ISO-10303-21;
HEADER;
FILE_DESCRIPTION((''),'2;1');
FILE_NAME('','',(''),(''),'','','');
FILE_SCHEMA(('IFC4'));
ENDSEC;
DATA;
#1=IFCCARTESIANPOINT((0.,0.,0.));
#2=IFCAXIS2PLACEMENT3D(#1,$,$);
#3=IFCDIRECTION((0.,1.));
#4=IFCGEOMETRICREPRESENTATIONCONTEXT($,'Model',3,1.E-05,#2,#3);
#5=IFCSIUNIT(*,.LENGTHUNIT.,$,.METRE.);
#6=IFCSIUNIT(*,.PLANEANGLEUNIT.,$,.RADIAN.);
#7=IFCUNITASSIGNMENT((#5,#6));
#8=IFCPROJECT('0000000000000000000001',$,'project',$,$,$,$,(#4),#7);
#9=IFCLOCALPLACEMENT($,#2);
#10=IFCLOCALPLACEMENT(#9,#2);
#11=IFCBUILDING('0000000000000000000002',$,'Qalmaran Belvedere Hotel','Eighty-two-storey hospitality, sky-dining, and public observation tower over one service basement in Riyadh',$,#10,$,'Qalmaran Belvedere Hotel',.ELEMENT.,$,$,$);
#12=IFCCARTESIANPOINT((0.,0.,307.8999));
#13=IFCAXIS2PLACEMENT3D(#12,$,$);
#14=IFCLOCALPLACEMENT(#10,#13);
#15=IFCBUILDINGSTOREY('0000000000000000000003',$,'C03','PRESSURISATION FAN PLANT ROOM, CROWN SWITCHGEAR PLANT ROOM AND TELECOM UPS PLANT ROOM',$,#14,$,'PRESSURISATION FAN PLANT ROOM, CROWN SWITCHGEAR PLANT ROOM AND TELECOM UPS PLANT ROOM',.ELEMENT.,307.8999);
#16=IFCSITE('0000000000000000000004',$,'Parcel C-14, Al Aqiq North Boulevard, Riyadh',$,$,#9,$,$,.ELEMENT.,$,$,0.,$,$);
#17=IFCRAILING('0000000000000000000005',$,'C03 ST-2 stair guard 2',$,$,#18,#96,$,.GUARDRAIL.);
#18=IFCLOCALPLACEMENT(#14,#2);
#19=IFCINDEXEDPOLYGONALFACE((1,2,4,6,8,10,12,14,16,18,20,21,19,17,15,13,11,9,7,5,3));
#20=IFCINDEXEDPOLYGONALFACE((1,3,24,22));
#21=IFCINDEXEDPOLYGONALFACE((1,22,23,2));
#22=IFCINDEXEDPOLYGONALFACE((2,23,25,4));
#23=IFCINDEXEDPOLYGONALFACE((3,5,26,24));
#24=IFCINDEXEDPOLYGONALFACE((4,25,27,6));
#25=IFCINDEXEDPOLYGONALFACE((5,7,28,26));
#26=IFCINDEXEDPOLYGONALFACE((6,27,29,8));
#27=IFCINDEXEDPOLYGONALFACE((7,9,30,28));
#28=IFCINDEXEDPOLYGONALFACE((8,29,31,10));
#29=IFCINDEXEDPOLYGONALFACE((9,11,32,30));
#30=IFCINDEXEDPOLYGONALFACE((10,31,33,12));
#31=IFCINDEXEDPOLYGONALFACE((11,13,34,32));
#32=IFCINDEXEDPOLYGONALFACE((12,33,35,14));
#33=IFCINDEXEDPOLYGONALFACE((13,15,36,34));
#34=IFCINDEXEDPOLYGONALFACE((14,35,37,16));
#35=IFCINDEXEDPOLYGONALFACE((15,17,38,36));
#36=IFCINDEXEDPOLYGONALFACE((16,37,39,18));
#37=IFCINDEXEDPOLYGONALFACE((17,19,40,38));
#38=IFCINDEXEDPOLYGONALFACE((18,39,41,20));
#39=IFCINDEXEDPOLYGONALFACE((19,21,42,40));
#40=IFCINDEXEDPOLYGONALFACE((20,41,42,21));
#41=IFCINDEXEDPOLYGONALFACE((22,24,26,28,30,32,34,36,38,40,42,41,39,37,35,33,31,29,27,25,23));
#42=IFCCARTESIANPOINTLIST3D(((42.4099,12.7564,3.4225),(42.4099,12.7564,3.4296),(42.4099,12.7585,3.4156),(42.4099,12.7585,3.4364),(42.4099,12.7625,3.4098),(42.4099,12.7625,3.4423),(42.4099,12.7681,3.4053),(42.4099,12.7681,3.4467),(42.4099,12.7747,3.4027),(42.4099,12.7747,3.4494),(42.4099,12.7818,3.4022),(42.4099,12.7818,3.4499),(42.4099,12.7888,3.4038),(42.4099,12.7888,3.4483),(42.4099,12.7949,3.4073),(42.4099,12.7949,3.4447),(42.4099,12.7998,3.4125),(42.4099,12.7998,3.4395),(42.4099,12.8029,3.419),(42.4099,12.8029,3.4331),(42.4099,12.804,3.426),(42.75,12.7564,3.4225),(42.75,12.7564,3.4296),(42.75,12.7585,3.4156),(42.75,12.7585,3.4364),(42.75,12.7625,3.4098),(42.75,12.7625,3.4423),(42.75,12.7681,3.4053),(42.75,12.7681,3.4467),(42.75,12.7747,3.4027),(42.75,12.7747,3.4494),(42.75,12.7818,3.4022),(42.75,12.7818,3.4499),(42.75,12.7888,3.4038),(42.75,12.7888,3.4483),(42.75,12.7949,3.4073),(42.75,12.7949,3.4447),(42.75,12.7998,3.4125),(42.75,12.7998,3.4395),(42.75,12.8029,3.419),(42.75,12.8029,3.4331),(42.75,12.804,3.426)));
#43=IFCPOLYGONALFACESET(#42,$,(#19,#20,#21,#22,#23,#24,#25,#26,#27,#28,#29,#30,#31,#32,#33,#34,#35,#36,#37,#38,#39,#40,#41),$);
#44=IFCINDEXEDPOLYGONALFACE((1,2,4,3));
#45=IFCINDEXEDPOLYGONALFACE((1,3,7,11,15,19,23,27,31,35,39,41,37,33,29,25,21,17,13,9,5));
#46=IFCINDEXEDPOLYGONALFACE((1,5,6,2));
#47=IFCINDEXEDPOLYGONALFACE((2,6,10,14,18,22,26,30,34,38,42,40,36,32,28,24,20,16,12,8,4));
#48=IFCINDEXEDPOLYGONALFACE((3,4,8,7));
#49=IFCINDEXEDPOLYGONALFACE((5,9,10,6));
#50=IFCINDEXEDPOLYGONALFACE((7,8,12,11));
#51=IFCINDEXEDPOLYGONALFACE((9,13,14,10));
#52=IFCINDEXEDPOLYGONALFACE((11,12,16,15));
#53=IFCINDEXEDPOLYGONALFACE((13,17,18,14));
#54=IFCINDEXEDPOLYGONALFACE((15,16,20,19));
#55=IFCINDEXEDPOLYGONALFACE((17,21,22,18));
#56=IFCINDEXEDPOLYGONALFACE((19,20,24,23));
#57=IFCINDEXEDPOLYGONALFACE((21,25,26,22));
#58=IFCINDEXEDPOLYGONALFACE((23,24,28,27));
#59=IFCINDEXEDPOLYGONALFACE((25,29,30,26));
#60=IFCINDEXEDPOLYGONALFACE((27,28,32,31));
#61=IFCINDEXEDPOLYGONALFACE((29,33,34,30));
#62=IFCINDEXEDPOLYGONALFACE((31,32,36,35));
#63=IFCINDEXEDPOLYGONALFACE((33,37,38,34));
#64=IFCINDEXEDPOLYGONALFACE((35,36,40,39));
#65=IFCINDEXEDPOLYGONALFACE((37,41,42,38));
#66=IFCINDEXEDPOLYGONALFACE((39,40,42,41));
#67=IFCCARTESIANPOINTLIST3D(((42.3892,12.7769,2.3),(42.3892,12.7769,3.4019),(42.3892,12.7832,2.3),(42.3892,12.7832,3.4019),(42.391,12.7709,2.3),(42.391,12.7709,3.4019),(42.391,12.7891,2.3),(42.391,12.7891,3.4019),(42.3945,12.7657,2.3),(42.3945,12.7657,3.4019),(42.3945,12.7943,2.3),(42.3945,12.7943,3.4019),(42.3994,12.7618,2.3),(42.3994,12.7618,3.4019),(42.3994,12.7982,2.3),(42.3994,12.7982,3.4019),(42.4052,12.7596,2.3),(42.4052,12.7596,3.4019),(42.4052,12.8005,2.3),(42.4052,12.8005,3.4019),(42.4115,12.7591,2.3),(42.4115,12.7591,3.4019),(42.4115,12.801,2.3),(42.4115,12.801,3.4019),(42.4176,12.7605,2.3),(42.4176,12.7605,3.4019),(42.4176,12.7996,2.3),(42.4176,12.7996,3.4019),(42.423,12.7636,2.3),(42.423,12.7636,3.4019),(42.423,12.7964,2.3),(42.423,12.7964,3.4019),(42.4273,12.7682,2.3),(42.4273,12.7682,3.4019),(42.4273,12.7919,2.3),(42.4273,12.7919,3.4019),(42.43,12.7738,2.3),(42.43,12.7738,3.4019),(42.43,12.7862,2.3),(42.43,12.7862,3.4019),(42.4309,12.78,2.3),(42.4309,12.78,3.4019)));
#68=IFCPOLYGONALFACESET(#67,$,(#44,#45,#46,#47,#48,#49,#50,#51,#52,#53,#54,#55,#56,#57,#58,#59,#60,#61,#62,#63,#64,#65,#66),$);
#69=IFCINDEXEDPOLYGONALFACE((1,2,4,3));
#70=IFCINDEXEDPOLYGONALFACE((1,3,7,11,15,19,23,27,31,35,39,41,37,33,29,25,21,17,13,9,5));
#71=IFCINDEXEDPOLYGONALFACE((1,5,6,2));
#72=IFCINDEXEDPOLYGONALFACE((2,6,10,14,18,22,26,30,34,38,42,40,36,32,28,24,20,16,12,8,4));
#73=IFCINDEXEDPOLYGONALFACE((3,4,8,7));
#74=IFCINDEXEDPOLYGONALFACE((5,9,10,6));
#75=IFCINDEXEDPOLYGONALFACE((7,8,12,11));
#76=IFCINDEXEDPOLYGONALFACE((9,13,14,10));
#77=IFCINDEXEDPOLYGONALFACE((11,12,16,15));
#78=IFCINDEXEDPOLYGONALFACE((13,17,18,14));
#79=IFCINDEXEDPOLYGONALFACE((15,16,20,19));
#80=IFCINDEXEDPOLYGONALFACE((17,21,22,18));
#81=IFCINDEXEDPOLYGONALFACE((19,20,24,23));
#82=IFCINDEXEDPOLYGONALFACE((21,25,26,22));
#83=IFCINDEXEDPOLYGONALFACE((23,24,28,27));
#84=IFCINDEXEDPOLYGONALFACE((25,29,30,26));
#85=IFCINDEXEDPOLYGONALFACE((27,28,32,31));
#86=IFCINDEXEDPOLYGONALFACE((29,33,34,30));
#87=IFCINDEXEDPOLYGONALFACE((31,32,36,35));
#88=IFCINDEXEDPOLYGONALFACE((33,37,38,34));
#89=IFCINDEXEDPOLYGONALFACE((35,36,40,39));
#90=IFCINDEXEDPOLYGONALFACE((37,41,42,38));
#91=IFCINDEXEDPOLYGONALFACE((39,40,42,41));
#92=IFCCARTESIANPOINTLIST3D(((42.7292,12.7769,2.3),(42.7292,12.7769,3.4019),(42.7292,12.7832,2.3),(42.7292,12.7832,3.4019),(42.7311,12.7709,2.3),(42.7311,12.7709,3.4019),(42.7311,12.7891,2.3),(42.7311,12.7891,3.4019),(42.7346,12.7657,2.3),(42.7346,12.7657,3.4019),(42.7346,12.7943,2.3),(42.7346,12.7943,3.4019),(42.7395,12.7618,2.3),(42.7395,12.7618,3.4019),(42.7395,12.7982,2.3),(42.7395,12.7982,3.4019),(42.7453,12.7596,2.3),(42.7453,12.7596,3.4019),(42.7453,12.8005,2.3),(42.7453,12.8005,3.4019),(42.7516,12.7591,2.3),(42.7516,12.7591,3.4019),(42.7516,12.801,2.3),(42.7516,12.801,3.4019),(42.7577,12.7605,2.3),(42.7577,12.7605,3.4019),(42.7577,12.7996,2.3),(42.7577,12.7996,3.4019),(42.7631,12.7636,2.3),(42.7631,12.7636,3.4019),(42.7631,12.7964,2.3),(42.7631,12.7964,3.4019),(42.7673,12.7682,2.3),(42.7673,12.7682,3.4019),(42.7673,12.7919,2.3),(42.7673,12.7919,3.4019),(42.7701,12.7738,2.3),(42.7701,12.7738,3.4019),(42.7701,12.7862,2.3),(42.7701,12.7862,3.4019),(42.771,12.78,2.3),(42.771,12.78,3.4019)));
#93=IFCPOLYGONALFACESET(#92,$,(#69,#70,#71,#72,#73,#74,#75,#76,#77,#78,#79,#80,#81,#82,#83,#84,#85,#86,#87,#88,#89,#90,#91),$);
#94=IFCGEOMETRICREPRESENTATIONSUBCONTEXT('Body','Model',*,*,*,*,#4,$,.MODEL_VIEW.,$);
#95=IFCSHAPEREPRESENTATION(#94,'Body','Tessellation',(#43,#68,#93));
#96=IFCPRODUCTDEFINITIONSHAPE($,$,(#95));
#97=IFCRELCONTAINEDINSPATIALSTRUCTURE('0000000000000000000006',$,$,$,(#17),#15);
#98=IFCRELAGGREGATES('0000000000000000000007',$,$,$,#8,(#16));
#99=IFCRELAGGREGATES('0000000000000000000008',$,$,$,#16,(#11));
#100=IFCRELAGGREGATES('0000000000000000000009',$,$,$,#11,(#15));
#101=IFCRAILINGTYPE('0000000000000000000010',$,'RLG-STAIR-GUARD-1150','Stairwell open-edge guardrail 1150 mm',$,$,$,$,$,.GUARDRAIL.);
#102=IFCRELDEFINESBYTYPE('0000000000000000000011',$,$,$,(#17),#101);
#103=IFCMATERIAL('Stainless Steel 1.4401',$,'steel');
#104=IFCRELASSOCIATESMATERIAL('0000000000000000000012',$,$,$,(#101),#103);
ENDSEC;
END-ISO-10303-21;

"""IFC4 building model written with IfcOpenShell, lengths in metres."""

from ifc_helpers import new_model, si_unit, direction, frame, origin, origin_2d, place, context, subcontext, project, spatial, circle, extrude, material, type_object, element, save


model = new_model("IFC4")

# Units and contexts
model_context = context("Model", 3, precision=1e-05, world=origin(), true_north=direction((0.0, 1.0)))
body_context = subcontext(model_context, "Body", "Model", "MODEL_VIEW")
ifc_project = project(units=[si_unit("LENGTHUNIT", "METRE"), si_unit("PLANEANGLEUNIT", "RADIAN")], contexts=[model_context])

# Site, building, storey
site_placement = place(None, origin())
site = spatial("IfcSite", under=ifc_project, at=site_placement, Name="Parcel C-14, Al Aqiq North Boulevard, Riyadh", CompositionType="ELEMENT", RefElevation=0.0)
building_placement = place(site_placement, origin())
building = spatial("IfcBuilding", under=site, at=building_placement, Name="Qalmaran Belvedere Hotel", Description="Eighty-two-storey hospitality, sky-dining, and public observation tower over one service basement in Riyadh", LongName="Qalmaran Belvedere Hotel", CompositionType="ELEMENT")
storey_placement = place(building_placement, frame((0.0, 0.0, 307.8999)))
storey = spatial("IfcBuildingStorey", under=building, at=storey_placement, Name="C03", Description="PRESSURISATION FAN PLANT ROOM, CROWN SWITCHGEAR PLANT ROOM AND TELECOM UPS PLANT ROOM", LongName="PRESSURISATION FAN PLANT ROOM, CROWN SWITCHGEAR PLANT ROOM AND TELECOM UPS PLANT ROOM", CompositionType="ELEMENT", Elevation=307.8999)

# Railing
ifc_material_1 = material(Name="Stainless Steel 1.4401", Category="steel")
railing_type_1 = type_object("IfcRailingType", Name="RLG-STAIR-GUARD-1150", Description="Stairwell open-edge guardrail 1150 mm", PredefinedType="GUARDRAIL", material=ifc_material_1)
railing_1_placement = place(storey_placement, frame((42.4099, 12.78, 2.3)))
element("IfcRailing", 1, at=railing_1_placement, inside=storey, type_object=railing_type_1, Name="C03 ST-2 stair guard 2", PredefinedType="GUARDRAIL", context=body_context, shape_type="SweptSolid", body=[
    extrude(circle(Radius=0.0239, at=origin_2d()), frame((0.0, 0.0, 1.126), z_axis=(1.0, 0.0, 0.0), x_axis=(0.0, 1.0, 0.0)), (0.0, 0.0, 1.0), 0.3401),
    extrude(circle(Radius=0.021, at=origin_2d()), origin(), (0.0, 0.0, 1.0), 1.1018),
    extrude(circle(Radius=0.021, at=origin_2d()), frame((0.3401, 0.0, 0.0)), (0.0, 0.0, 1.0), 1.1018),
])

save(model, "model.ifc")
